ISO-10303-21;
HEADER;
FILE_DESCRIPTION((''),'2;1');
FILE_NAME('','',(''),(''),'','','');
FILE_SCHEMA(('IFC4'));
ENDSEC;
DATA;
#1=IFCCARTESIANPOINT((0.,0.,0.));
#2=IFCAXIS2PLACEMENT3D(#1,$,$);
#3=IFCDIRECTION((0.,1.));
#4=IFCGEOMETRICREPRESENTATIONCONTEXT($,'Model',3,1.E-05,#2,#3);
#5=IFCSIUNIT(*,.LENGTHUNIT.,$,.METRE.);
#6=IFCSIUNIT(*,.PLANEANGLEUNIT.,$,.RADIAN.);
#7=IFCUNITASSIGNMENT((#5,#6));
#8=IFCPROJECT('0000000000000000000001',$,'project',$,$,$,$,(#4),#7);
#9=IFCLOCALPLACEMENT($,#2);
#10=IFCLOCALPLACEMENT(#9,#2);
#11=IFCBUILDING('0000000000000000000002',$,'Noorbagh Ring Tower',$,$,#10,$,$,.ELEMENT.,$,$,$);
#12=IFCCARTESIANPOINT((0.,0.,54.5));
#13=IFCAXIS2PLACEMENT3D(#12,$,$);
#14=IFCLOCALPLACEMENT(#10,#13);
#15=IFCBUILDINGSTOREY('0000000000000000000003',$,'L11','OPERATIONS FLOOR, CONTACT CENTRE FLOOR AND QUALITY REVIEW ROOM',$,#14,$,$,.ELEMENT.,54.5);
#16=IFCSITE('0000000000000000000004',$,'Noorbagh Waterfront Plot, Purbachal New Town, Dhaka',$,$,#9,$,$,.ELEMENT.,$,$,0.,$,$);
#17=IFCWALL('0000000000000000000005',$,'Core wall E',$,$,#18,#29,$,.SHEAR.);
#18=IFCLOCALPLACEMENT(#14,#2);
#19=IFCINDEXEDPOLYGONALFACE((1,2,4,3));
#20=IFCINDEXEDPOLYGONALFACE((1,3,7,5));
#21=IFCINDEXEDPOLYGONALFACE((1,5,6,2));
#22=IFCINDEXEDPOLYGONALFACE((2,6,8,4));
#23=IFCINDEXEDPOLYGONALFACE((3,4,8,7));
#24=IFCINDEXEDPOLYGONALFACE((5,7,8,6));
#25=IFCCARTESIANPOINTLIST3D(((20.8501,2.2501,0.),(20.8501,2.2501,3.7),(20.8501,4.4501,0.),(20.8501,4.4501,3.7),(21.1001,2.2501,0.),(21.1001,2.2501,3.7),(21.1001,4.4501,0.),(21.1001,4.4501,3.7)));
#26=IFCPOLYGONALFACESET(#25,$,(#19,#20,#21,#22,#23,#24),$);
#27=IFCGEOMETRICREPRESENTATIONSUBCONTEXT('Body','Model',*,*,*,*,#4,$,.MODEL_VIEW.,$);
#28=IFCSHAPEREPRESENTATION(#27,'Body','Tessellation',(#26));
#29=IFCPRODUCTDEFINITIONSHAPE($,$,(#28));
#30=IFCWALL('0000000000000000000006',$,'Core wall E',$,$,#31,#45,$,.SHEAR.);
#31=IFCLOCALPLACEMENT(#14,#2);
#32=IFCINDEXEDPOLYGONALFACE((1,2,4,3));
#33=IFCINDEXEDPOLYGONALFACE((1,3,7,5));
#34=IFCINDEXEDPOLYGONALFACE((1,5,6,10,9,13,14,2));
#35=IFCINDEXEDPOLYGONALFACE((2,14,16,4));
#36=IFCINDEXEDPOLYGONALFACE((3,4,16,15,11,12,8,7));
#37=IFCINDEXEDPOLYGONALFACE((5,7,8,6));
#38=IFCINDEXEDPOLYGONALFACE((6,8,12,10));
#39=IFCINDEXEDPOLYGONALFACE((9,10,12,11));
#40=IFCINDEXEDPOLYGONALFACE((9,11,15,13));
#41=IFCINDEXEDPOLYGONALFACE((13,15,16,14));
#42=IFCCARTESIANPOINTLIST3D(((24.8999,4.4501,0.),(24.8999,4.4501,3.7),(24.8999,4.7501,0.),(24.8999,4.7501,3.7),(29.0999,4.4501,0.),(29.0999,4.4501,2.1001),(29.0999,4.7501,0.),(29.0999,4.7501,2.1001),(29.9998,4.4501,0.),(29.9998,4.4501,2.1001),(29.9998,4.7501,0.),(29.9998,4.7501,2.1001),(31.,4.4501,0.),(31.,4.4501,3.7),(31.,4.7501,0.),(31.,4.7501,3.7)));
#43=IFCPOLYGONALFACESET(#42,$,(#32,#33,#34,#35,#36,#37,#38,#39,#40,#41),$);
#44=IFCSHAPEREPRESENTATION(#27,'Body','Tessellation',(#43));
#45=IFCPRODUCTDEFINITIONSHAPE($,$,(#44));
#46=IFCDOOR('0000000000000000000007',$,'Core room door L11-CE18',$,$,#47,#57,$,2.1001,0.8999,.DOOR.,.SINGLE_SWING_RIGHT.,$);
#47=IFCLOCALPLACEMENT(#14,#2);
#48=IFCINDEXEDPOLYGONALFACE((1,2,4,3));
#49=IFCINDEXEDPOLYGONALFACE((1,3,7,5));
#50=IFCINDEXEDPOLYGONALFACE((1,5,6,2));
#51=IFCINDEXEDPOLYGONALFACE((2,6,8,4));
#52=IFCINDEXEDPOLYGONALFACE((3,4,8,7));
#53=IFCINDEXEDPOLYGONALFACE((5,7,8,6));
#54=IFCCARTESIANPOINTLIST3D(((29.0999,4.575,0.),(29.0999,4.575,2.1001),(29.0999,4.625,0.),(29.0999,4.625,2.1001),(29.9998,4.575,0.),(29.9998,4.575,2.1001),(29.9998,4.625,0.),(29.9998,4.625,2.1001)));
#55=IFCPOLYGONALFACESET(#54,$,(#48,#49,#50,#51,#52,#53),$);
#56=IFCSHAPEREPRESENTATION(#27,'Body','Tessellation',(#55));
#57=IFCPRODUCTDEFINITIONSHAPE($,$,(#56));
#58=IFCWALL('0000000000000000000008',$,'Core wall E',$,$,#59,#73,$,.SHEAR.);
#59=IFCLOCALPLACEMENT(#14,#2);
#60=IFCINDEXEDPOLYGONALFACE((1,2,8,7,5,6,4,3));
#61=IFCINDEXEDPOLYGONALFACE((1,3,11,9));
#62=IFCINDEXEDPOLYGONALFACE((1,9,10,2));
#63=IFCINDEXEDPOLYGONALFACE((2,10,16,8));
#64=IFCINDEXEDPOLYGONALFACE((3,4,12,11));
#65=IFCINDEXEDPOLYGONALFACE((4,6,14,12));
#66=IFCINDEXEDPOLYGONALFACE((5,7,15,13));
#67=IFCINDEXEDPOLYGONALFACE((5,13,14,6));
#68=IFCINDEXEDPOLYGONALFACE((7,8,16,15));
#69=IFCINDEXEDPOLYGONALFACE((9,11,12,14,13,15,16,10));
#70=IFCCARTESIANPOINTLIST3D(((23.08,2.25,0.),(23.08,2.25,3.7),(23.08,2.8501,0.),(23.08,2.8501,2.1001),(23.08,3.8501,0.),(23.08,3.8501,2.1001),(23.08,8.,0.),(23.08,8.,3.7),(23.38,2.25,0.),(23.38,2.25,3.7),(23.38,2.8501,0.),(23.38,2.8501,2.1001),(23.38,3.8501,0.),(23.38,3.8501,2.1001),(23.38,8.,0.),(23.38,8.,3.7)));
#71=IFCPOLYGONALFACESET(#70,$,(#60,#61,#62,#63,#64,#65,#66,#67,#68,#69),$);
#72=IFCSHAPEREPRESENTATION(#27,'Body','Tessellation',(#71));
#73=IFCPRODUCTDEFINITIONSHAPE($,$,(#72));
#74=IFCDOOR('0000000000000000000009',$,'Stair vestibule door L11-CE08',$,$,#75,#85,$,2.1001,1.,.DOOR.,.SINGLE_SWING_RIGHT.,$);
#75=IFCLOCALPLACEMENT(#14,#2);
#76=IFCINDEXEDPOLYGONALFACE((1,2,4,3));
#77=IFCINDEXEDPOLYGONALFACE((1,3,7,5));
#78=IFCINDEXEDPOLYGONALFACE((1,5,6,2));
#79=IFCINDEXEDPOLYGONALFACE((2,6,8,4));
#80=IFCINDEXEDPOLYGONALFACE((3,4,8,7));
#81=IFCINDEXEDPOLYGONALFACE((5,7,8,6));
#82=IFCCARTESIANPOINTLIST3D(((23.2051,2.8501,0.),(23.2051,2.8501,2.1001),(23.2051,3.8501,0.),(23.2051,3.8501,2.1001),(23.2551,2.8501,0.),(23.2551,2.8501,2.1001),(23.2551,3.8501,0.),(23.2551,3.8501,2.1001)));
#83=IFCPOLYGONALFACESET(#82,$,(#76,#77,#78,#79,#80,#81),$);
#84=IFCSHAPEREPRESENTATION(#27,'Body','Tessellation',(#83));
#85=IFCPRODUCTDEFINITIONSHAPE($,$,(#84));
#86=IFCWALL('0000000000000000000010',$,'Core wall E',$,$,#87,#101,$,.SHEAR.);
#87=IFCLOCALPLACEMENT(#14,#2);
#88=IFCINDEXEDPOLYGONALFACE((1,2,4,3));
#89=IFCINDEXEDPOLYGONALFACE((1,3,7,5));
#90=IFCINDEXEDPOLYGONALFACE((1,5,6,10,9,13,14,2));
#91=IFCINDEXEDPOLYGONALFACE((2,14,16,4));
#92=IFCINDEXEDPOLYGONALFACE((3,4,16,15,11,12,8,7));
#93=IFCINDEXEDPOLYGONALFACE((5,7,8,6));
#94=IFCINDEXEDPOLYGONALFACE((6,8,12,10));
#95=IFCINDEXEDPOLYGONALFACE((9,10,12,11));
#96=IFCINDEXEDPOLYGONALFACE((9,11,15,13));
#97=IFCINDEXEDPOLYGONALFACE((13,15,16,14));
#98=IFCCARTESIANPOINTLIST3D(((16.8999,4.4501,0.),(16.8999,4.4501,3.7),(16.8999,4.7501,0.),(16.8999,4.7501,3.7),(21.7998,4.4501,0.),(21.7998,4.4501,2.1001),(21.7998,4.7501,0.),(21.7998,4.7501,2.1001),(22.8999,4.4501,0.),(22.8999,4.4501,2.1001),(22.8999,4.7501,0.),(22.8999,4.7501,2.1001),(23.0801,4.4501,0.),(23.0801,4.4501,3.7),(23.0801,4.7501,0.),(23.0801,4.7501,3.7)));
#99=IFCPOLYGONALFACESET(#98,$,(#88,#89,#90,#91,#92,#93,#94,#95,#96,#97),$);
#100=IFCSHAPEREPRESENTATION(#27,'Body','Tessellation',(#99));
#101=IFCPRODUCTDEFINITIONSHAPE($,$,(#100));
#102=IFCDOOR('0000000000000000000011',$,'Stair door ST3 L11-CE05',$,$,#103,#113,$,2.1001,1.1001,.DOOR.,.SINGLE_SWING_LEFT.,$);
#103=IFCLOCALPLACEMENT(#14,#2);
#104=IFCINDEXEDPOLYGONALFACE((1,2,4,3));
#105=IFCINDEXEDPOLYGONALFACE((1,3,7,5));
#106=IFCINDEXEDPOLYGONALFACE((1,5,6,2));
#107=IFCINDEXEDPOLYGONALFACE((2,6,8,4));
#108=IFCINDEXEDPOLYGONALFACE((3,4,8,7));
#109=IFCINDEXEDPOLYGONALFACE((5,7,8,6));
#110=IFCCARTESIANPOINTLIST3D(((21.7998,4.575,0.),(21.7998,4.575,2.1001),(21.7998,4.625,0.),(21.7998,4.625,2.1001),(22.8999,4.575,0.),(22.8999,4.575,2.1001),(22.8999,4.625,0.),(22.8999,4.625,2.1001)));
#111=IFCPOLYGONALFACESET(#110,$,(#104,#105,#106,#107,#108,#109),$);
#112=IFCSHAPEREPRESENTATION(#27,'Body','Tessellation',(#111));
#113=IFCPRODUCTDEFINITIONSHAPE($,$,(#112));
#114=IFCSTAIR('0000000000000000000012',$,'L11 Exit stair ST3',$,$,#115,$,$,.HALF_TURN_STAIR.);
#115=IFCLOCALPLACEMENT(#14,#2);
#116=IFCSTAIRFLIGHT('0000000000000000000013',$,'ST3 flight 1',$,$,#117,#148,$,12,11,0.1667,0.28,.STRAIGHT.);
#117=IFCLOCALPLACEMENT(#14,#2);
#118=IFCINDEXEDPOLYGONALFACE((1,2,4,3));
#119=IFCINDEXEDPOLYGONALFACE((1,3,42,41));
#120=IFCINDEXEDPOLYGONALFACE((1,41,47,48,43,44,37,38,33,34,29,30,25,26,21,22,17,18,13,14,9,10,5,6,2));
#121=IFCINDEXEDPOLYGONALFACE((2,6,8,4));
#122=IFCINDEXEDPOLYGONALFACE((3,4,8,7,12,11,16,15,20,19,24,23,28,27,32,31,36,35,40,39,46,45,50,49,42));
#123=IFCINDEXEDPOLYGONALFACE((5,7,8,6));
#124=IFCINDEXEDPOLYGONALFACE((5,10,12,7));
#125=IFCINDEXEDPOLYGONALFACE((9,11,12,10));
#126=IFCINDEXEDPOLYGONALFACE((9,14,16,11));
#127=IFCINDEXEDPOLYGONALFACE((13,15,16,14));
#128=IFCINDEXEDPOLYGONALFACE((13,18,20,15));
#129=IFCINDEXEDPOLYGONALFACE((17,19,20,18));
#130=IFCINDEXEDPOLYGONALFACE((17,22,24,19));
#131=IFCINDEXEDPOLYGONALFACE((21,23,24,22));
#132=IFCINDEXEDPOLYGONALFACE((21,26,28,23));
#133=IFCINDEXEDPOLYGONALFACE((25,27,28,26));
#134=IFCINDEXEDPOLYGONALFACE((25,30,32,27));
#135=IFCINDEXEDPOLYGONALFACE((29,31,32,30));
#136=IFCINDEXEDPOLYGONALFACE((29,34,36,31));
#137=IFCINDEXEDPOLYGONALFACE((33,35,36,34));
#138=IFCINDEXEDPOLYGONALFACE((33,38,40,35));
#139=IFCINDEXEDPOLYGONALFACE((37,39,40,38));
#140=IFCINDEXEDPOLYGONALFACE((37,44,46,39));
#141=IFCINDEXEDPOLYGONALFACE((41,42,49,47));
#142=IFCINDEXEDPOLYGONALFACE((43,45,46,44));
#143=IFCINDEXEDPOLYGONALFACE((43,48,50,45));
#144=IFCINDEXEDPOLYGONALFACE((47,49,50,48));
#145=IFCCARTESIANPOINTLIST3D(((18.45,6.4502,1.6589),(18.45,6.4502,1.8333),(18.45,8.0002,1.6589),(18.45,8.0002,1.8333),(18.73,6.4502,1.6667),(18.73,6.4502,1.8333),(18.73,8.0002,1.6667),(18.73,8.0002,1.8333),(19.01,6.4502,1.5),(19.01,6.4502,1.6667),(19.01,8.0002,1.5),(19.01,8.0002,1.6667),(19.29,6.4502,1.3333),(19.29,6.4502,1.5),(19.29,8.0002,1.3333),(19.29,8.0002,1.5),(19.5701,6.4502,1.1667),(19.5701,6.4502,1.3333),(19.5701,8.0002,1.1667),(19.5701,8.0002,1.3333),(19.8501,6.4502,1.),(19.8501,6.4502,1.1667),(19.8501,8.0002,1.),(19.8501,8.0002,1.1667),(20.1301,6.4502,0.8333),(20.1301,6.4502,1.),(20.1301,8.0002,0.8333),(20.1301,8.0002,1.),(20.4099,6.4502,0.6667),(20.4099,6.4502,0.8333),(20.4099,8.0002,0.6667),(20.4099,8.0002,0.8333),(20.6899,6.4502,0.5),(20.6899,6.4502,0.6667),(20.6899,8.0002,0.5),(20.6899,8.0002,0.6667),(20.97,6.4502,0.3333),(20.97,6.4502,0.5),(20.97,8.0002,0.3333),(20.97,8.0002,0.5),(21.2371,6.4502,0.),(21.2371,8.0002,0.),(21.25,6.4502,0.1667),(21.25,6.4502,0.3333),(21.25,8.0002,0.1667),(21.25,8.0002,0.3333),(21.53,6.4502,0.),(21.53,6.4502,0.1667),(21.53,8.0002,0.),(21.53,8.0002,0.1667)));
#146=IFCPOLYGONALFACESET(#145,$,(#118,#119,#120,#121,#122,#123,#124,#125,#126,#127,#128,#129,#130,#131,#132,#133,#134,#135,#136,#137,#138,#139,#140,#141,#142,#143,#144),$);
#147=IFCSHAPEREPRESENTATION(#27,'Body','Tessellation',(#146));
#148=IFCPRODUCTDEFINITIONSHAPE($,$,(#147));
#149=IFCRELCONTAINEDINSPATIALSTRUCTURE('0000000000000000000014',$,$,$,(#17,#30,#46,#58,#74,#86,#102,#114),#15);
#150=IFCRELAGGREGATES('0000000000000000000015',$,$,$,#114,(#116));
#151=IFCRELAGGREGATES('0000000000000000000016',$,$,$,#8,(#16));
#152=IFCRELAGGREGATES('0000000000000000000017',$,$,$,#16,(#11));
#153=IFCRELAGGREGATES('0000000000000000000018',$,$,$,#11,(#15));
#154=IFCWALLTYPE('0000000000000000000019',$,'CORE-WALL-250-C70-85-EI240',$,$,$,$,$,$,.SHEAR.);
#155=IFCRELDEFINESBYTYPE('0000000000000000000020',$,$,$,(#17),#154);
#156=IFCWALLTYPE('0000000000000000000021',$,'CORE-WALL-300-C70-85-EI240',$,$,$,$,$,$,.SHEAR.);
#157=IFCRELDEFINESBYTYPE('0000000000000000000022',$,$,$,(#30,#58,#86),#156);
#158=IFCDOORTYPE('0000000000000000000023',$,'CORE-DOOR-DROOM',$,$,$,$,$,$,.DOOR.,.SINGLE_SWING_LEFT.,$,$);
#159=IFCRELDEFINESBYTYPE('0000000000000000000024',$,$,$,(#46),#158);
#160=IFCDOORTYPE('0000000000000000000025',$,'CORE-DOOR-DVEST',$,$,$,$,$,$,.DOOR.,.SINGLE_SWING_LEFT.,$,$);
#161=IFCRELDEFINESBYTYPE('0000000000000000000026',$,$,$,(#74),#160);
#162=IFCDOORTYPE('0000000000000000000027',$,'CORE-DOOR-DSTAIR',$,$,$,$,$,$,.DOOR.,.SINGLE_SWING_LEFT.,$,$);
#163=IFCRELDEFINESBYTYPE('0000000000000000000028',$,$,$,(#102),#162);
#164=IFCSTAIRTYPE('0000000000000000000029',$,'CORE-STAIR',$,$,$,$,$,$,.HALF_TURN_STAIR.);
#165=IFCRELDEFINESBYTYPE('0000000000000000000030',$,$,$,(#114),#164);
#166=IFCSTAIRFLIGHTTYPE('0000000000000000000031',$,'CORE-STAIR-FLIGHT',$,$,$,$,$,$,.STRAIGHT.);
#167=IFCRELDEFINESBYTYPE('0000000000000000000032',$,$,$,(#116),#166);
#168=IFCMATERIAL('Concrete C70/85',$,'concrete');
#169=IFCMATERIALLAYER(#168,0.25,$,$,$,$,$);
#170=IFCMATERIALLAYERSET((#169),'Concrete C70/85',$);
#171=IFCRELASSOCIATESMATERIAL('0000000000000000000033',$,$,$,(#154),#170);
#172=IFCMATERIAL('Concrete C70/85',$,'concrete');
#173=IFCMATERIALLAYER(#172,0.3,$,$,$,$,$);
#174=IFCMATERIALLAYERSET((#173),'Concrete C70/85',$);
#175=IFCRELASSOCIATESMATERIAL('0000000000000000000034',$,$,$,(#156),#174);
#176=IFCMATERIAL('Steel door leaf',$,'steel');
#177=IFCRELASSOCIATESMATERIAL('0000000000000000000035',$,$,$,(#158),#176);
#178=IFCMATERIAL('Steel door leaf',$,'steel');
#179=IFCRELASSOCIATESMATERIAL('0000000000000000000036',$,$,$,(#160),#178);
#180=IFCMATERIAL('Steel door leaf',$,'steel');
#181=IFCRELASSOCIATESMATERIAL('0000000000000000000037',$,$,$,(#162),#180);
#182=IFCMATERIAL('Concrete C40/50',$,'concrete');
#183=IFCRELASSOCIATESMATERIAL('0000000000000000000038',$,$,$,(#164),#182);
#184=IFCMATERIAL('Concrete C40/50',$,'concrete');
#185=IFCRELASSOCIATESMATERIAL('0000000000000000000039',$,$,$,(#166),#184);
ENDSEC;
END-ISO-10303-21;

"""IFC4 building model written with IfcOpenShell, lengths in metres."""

from ifc_helpers import new_model, si_unit, direction, frame, frame_2d, origin, place, context, subcontext, project, spatial, polyline, rectangle, outline, extrude, material, layer, layer_set, type_object, element, fill, aggregate, save


model = new_model("IFC4")

# Units and contexts
model_context = context("Model", 3, precision=1e-05, world=origin(), true_north=direction((0.0, 1.0)))
body_context = subcontext(model_context, "Body", "Model", "MODEL_VIEW")
ifc_project = project(units=[si_unit("LENGTHUNIT", "METRE"), si_unit("PLANEANGLEUNIT", "RADIAN")], contexts=[model_context])

# Site, building, storey
site_placement = place(None, origin())
site = spatial("IfcSite", under=ifc_project, at=site_placement, Name="Noorbagh Waterfront Plot, Purbachal New Town, Dhaka", CompositionType="ELEMENT", RefElevation=0.0)
building_placement = place(site_placement, origin())
building = spatial("IfcBuilding", under=site, at=building_placement, Name="Noorbagh Ring Tower", CompositionType="ELEMENT")
storey_placement = place(building_placement, frame((0.0, 0.0, 54.5)))
storey = spatial("IfcBuildingStorey", under=building, at=storey_placement, Name="L11", Description="OPERATIONS FLOOR, CONTACT CENTRE FLOOR AND QUALITY REVIEW ROOM", CompositionType="ELEMENT", Elevation=54.5)

# Wall
ifc_material_1 = material(Name="Concrete C70/85", Category="concrete")
ifc_layer_1 = layer(ifc_material_1, 0.25)
ifc_layer_set_1 = layer_set([ifc_layer_1], Name="Concrete C70/85")
wall_type_1 = type_object("IfcWallType", Name="CORE-WALL-250-C70-85-EI240", PredefinedType="SHEAR", material=ifc_layer_set_1)
wall_1_placement = place(storey_placement, frame((20.9751, 2.25, 0.0), z_axis=(0.0, 0.0, 1.0), x_axis=(0.0, 1.0, 0.0)))
element("IfcWall", 1, at=wall_1_placement, inside=storey, type_object=wall_type_1, Name="Core wall E", PredefinedType="SHEAR", context=body_context, shape_type="SweptSolid", body=[
    extrude(rectangle(XDim=2.2, YDim=0.25, at=frame_2d((1.1001, 0.0))), origin(), (0.0, 0.0, 1.0), 3.7),
])

# Walls, openings, doors
ifc_material_2 = material(Name="Concrete C70/85", Category="concrete")
ifc_layer_2 = layer(ifc_material_2, 0.3)
ifc_layer_set_2 = layer_set([ifc_layer_2], Name="Concrete C70/85")
wall_type_2 = type_object("IfcWallType", Name="CORE-WALL-300-C70-85-EI240", PredefinedType="SHEAR", material=ifc_layer_set_2)
wall_2_placement = place(storey_placement, frame((24.8999, 4.6001, 0.0), z_axis=(0.0, 0.0, 1.0), x_axis=(1.0, 0.0, 0.0)))
wall_2 = element("IfcWall", 2, at=wall_2_placement, inside=storey, type_object=wall_type_2, Name="Core wall E", PredefinedType="SHEAR", context=body_context, shape_type="SweptSolid", body=[
    extrude(rectangle(XDim=6.1001, YDim=0.3, at=frame_2d((3.05, 0.0))), origin(), (0.0, 0.0, 1.0), 3.7),
])
opening_1_placement = place(wall_2_placement, frame((4.2, 0.0, 0.0)))
opening_1 = element("IfcOpeningElement", 3, at=opening_1_placement, cuts=wall_2, PredefinedType="OPENING", context=body_context, shape_type="SweptSolid", body=[
    extrude(rectangle(XDim=0.8999, YDim=2.1001, at=frame_2d((0.45, 1.05))), frame((0.0, 0.1602, 0.0), z_axis=(0.0, -1.0, 0.0), x_axis=(1.0, 0.0, 0.0)), (0.0, 0.0, 1.0), 0.3201),
])
ifc_material_3 = material(Name="Steel door leaf", Category="steel")
door_type_1 = type_object("IfcDoorType", Name="CORE-DOOR-DROOM", OperationType="SINGLE_SWING_LEFT", PredefinedType="DOOR", material=ifc_material_3)
door_1_placement = place(opening_1_placement, origin())
door_1 = element("IfcDoor", 4, at=door_1_placement, inside=storey, type_object=door_type_1, Name="Core room door L11-CE18", OperationType="SINGLE_SWING_RIGHT", OverallHeight=2.1001, OverallWidth=0.8999, PredefinedType="DOOR", context=body_context, shape_type="SweptSolid", body=[
    extrude(rectangle(XDim=0.8999, YDim=2.1001, at=frame_2d((0.45, 1.05))), frame((0.0, 0.0249, 0.0), z_axis=(0.0, -1.0, 0.0), x_axis=(1.0, 0.0, 0.0)), (0.0, 0.0, 1.0), 0.05),
])
fill(opening_1, door_1)
wall_3_placement = place(storey_placement, frame((23.23, 2.25, 0.0), z_axis=(0.0, 0.0, 1.0), x_axis=(0.0, 1.0, 0.0)))
wall_3 = element("IfcWall", 5, at=wall_3_placement, inside=storey, type_object=wall_type_2, Name="Core wall E", PredefinedType="SHEAR", context=body_context, shape_type="SweptSolid", body=[
    extrude(rectangle(XDim=5.75, YDim=0.3, at=frame_2d((2.875, 0.0))), origin(), (0.0, 0.0, 1.0), 3.7),
])
opening_2_placement = place(wall_3_placement, frame((0.6001, 0.0, 0.0)))
opening_2 = element("IfcOpeningElement", 6, at=opening_2_placement, cuts=wall_3, PredefinedType="OPENING", context=body_context, shape_type="SweptSolid", body=[
    extrude(rectangle(XDim=1.0, YDim=2.1001, at=frame_2d((0.5, 1.05))), frame((0.0, 0.1602, 0.0), z_axis=(0.0, -1.0, 0.0), x_axis=(1.0, 0.0, 0.0)), (0.0, 0.0, 1.0), 0.3201),
])
ifc_material_4 = material(Name="Steel door leaf", Category="steel")
door_type_2 = type_object("IfcDoorType", Name="CORE-DOOR-DVEST", OperationType="SINGLE_SWING_LEFT", PredefinedType="DOOR", material=ifc_material_4)
door_2_placement = place(opening_2_placement, origin())
door_2 = element("IfcDoor", 7, at=door_2_placement, inside=storey, type_object=door_type_2, Name="Stair vestibule door L11-CE08", OperationType="SINGLE_SWING_RIGHT", OverallHeight=2.1001, OverallWidth=1.0, PredefinedType="DOOR", context=body_context, shape_type="SweptSolid", body=[
    extrude(rectangle(XDim=1.0, YDim=2.1001, at=frame_2d((0.5, 1.05))), frame((0.0, 0.0249, 0.0), z_axis=(0.0, -1.0, 0.0), x_axis=(1.0, 0.0, 0.0)), (0.0, 0.0, 1.0), 0.05),
])
fill(opening_2, door_2)
wall_4_placement = place(storey_placement, frame((16.8999, 4.6001, 0.0), z_axis=(0.0, 0.0, 1.0), x_axis=(1.0, 0.0, 0.0)))
wall_4 = element("IfcWall", 8, at=wall_4_placement, inside=storey, type_object=wall_type_2, Name="Core wall E", PredefinedType="SHEAR", context=body_context, shape_type="SweptSolid", body=[
    extrude(rectangle(XDim=6.1802, YDim=0.3, at=frame_2d((3.0901, 0.0))), origin(), (0.0, 0.0, 1.0), 3.7),
])
opening_3_placement = place(wall_4_placement, frame((4.8999, 0.0, 0.0)))
opening_3 = element("IfcOpeningElement", 9, at=opening_3_placement, cuts=wall_4, PredefinedType="OPENING", context=body_context, shape_type="SweptSolid", body=[
    extrude(rectangle(XDim=1.1001, YDim=2.1001, at=frame_2d((0.55, 1.05))), frame((0.0, 0.1602, 0.0), z_axis=(0.0, -1.0, 0.0), x_axis=(1.0, 0.0, 0.0)), (0.0, 0.0, 1.0), 0.3201),
])
ifc_material_5 = material(Name="Steel door leaf", Category="steel")
door_type_3 = type_object("IfcDoorType", Name="CORE-DOOR-DSTAIR", OperationType="SINGLE_SWING_LEFT", PredefinedType="DOOR", material=ifc_material_5)
door_3_placement = place(opening_3_placement, origin())
door_3 = element("IfcDoor", 10, at=door_3_placement, inside=storey, type_object=door_type_3, Name="Stair door ST3 L11-CE05", OperationType="SINGLE_SWING_LEFT", OverallHeight=2.1001, OverallWidth=1.1001, PredefinedType="DOOR", context=body_context, shape_type="SweptSolid", body=[
    extrude(rectangle(XDim=1.1001, YDim=2.1001, at=frame_2d((0.55, 1.05))), frame((0.0, 0.0249, 0.0), z_axis=(0.0, -1.0, 0.0), x_axis=(1.0, 0.0, 0.0)), (0.0, 0.0, 1.0), 0.05),
])
fill(opening_3, door_3)

# Stair, stair flight
ifc_material_6 = material(Name="Concrete C40/50", Category="concrete")
stair_type = type_object("IfcStairType", Name="CORE-STAIR", PredefinedType="HALF_TURN_STAIR", material=ifc_material_6)
stair_placement = place(storey_placement, origin())
stair = element("IfcStair", 11, at=stair_placement, inside=storey, type_object=stair_type, Name="L11 Exit stair ST3", PredefinedType="HALF_TURN_STAIR")
ifc_material_7 = material(Name="Concrete C40/50", Category="concrete")
stair_flight_type = type_object("IfcStairFlightType", Name="CORE-STAIR-FLIGHT", PredefinedType="STRAIGHT", material=ifc_material_7)
stair_flight_1_placement = place(storey_placement, frame((21.53, 7.2251, 0.0), z_axis=(0.0, 0.0, 1.0), x_axis=(-1.0, 0.0, 0.0)))
stair_flight_1 = element("IfcStairFlight", 12, at=stair_flight_1_placement, type_object=stair_flight_type, Name="ST3 flight 1", NumberOfRisers=12, NumberOfTreads=11, PredefinedType="STRAIGHT", RiserHeight=0.1667, TreadLength=0.28, context=body_context, shape_type="SweptSolid", body=[
    extrude(outline(polyline([(0.0, 0.0), (0.0, 0.1667), (0.28, 0.1667), (0.28, 0.3333), (0.5601, 0.3333), (0.5601, 0.5), (0.8401, 0.5), (0.8401, 0.6667), (1.1201, 0.6667), (1.1201, 0.8333), (1.3999, 0.8333), (1.3999, 1.0), (1.6799, 1.0), (1.6799, 1.1667), (1.96, 1.1667), (1.96, 1.3333), (2.24, 1.3333), (2.24, 1.5), (2.52, 1.5), (2.52, 1.6667), (2.8, 1.6667), (2.8, 1.8333), (3.0801, 1.8333), (3.0801, 2.0), (3.0801, 1.6589), (0.293, 0.0), (0.0, 0.0)])), frame((0.0, 0.7749, 0.0), z_axis=(0.0, -1.0, 0.0), x_axis=(1.0, 0.0, 0.0)), (0.0, 0.0, 1.0), 1.55),
])
aggregate(stair, [stair_flight_1])

save(model, "model.ifc")
